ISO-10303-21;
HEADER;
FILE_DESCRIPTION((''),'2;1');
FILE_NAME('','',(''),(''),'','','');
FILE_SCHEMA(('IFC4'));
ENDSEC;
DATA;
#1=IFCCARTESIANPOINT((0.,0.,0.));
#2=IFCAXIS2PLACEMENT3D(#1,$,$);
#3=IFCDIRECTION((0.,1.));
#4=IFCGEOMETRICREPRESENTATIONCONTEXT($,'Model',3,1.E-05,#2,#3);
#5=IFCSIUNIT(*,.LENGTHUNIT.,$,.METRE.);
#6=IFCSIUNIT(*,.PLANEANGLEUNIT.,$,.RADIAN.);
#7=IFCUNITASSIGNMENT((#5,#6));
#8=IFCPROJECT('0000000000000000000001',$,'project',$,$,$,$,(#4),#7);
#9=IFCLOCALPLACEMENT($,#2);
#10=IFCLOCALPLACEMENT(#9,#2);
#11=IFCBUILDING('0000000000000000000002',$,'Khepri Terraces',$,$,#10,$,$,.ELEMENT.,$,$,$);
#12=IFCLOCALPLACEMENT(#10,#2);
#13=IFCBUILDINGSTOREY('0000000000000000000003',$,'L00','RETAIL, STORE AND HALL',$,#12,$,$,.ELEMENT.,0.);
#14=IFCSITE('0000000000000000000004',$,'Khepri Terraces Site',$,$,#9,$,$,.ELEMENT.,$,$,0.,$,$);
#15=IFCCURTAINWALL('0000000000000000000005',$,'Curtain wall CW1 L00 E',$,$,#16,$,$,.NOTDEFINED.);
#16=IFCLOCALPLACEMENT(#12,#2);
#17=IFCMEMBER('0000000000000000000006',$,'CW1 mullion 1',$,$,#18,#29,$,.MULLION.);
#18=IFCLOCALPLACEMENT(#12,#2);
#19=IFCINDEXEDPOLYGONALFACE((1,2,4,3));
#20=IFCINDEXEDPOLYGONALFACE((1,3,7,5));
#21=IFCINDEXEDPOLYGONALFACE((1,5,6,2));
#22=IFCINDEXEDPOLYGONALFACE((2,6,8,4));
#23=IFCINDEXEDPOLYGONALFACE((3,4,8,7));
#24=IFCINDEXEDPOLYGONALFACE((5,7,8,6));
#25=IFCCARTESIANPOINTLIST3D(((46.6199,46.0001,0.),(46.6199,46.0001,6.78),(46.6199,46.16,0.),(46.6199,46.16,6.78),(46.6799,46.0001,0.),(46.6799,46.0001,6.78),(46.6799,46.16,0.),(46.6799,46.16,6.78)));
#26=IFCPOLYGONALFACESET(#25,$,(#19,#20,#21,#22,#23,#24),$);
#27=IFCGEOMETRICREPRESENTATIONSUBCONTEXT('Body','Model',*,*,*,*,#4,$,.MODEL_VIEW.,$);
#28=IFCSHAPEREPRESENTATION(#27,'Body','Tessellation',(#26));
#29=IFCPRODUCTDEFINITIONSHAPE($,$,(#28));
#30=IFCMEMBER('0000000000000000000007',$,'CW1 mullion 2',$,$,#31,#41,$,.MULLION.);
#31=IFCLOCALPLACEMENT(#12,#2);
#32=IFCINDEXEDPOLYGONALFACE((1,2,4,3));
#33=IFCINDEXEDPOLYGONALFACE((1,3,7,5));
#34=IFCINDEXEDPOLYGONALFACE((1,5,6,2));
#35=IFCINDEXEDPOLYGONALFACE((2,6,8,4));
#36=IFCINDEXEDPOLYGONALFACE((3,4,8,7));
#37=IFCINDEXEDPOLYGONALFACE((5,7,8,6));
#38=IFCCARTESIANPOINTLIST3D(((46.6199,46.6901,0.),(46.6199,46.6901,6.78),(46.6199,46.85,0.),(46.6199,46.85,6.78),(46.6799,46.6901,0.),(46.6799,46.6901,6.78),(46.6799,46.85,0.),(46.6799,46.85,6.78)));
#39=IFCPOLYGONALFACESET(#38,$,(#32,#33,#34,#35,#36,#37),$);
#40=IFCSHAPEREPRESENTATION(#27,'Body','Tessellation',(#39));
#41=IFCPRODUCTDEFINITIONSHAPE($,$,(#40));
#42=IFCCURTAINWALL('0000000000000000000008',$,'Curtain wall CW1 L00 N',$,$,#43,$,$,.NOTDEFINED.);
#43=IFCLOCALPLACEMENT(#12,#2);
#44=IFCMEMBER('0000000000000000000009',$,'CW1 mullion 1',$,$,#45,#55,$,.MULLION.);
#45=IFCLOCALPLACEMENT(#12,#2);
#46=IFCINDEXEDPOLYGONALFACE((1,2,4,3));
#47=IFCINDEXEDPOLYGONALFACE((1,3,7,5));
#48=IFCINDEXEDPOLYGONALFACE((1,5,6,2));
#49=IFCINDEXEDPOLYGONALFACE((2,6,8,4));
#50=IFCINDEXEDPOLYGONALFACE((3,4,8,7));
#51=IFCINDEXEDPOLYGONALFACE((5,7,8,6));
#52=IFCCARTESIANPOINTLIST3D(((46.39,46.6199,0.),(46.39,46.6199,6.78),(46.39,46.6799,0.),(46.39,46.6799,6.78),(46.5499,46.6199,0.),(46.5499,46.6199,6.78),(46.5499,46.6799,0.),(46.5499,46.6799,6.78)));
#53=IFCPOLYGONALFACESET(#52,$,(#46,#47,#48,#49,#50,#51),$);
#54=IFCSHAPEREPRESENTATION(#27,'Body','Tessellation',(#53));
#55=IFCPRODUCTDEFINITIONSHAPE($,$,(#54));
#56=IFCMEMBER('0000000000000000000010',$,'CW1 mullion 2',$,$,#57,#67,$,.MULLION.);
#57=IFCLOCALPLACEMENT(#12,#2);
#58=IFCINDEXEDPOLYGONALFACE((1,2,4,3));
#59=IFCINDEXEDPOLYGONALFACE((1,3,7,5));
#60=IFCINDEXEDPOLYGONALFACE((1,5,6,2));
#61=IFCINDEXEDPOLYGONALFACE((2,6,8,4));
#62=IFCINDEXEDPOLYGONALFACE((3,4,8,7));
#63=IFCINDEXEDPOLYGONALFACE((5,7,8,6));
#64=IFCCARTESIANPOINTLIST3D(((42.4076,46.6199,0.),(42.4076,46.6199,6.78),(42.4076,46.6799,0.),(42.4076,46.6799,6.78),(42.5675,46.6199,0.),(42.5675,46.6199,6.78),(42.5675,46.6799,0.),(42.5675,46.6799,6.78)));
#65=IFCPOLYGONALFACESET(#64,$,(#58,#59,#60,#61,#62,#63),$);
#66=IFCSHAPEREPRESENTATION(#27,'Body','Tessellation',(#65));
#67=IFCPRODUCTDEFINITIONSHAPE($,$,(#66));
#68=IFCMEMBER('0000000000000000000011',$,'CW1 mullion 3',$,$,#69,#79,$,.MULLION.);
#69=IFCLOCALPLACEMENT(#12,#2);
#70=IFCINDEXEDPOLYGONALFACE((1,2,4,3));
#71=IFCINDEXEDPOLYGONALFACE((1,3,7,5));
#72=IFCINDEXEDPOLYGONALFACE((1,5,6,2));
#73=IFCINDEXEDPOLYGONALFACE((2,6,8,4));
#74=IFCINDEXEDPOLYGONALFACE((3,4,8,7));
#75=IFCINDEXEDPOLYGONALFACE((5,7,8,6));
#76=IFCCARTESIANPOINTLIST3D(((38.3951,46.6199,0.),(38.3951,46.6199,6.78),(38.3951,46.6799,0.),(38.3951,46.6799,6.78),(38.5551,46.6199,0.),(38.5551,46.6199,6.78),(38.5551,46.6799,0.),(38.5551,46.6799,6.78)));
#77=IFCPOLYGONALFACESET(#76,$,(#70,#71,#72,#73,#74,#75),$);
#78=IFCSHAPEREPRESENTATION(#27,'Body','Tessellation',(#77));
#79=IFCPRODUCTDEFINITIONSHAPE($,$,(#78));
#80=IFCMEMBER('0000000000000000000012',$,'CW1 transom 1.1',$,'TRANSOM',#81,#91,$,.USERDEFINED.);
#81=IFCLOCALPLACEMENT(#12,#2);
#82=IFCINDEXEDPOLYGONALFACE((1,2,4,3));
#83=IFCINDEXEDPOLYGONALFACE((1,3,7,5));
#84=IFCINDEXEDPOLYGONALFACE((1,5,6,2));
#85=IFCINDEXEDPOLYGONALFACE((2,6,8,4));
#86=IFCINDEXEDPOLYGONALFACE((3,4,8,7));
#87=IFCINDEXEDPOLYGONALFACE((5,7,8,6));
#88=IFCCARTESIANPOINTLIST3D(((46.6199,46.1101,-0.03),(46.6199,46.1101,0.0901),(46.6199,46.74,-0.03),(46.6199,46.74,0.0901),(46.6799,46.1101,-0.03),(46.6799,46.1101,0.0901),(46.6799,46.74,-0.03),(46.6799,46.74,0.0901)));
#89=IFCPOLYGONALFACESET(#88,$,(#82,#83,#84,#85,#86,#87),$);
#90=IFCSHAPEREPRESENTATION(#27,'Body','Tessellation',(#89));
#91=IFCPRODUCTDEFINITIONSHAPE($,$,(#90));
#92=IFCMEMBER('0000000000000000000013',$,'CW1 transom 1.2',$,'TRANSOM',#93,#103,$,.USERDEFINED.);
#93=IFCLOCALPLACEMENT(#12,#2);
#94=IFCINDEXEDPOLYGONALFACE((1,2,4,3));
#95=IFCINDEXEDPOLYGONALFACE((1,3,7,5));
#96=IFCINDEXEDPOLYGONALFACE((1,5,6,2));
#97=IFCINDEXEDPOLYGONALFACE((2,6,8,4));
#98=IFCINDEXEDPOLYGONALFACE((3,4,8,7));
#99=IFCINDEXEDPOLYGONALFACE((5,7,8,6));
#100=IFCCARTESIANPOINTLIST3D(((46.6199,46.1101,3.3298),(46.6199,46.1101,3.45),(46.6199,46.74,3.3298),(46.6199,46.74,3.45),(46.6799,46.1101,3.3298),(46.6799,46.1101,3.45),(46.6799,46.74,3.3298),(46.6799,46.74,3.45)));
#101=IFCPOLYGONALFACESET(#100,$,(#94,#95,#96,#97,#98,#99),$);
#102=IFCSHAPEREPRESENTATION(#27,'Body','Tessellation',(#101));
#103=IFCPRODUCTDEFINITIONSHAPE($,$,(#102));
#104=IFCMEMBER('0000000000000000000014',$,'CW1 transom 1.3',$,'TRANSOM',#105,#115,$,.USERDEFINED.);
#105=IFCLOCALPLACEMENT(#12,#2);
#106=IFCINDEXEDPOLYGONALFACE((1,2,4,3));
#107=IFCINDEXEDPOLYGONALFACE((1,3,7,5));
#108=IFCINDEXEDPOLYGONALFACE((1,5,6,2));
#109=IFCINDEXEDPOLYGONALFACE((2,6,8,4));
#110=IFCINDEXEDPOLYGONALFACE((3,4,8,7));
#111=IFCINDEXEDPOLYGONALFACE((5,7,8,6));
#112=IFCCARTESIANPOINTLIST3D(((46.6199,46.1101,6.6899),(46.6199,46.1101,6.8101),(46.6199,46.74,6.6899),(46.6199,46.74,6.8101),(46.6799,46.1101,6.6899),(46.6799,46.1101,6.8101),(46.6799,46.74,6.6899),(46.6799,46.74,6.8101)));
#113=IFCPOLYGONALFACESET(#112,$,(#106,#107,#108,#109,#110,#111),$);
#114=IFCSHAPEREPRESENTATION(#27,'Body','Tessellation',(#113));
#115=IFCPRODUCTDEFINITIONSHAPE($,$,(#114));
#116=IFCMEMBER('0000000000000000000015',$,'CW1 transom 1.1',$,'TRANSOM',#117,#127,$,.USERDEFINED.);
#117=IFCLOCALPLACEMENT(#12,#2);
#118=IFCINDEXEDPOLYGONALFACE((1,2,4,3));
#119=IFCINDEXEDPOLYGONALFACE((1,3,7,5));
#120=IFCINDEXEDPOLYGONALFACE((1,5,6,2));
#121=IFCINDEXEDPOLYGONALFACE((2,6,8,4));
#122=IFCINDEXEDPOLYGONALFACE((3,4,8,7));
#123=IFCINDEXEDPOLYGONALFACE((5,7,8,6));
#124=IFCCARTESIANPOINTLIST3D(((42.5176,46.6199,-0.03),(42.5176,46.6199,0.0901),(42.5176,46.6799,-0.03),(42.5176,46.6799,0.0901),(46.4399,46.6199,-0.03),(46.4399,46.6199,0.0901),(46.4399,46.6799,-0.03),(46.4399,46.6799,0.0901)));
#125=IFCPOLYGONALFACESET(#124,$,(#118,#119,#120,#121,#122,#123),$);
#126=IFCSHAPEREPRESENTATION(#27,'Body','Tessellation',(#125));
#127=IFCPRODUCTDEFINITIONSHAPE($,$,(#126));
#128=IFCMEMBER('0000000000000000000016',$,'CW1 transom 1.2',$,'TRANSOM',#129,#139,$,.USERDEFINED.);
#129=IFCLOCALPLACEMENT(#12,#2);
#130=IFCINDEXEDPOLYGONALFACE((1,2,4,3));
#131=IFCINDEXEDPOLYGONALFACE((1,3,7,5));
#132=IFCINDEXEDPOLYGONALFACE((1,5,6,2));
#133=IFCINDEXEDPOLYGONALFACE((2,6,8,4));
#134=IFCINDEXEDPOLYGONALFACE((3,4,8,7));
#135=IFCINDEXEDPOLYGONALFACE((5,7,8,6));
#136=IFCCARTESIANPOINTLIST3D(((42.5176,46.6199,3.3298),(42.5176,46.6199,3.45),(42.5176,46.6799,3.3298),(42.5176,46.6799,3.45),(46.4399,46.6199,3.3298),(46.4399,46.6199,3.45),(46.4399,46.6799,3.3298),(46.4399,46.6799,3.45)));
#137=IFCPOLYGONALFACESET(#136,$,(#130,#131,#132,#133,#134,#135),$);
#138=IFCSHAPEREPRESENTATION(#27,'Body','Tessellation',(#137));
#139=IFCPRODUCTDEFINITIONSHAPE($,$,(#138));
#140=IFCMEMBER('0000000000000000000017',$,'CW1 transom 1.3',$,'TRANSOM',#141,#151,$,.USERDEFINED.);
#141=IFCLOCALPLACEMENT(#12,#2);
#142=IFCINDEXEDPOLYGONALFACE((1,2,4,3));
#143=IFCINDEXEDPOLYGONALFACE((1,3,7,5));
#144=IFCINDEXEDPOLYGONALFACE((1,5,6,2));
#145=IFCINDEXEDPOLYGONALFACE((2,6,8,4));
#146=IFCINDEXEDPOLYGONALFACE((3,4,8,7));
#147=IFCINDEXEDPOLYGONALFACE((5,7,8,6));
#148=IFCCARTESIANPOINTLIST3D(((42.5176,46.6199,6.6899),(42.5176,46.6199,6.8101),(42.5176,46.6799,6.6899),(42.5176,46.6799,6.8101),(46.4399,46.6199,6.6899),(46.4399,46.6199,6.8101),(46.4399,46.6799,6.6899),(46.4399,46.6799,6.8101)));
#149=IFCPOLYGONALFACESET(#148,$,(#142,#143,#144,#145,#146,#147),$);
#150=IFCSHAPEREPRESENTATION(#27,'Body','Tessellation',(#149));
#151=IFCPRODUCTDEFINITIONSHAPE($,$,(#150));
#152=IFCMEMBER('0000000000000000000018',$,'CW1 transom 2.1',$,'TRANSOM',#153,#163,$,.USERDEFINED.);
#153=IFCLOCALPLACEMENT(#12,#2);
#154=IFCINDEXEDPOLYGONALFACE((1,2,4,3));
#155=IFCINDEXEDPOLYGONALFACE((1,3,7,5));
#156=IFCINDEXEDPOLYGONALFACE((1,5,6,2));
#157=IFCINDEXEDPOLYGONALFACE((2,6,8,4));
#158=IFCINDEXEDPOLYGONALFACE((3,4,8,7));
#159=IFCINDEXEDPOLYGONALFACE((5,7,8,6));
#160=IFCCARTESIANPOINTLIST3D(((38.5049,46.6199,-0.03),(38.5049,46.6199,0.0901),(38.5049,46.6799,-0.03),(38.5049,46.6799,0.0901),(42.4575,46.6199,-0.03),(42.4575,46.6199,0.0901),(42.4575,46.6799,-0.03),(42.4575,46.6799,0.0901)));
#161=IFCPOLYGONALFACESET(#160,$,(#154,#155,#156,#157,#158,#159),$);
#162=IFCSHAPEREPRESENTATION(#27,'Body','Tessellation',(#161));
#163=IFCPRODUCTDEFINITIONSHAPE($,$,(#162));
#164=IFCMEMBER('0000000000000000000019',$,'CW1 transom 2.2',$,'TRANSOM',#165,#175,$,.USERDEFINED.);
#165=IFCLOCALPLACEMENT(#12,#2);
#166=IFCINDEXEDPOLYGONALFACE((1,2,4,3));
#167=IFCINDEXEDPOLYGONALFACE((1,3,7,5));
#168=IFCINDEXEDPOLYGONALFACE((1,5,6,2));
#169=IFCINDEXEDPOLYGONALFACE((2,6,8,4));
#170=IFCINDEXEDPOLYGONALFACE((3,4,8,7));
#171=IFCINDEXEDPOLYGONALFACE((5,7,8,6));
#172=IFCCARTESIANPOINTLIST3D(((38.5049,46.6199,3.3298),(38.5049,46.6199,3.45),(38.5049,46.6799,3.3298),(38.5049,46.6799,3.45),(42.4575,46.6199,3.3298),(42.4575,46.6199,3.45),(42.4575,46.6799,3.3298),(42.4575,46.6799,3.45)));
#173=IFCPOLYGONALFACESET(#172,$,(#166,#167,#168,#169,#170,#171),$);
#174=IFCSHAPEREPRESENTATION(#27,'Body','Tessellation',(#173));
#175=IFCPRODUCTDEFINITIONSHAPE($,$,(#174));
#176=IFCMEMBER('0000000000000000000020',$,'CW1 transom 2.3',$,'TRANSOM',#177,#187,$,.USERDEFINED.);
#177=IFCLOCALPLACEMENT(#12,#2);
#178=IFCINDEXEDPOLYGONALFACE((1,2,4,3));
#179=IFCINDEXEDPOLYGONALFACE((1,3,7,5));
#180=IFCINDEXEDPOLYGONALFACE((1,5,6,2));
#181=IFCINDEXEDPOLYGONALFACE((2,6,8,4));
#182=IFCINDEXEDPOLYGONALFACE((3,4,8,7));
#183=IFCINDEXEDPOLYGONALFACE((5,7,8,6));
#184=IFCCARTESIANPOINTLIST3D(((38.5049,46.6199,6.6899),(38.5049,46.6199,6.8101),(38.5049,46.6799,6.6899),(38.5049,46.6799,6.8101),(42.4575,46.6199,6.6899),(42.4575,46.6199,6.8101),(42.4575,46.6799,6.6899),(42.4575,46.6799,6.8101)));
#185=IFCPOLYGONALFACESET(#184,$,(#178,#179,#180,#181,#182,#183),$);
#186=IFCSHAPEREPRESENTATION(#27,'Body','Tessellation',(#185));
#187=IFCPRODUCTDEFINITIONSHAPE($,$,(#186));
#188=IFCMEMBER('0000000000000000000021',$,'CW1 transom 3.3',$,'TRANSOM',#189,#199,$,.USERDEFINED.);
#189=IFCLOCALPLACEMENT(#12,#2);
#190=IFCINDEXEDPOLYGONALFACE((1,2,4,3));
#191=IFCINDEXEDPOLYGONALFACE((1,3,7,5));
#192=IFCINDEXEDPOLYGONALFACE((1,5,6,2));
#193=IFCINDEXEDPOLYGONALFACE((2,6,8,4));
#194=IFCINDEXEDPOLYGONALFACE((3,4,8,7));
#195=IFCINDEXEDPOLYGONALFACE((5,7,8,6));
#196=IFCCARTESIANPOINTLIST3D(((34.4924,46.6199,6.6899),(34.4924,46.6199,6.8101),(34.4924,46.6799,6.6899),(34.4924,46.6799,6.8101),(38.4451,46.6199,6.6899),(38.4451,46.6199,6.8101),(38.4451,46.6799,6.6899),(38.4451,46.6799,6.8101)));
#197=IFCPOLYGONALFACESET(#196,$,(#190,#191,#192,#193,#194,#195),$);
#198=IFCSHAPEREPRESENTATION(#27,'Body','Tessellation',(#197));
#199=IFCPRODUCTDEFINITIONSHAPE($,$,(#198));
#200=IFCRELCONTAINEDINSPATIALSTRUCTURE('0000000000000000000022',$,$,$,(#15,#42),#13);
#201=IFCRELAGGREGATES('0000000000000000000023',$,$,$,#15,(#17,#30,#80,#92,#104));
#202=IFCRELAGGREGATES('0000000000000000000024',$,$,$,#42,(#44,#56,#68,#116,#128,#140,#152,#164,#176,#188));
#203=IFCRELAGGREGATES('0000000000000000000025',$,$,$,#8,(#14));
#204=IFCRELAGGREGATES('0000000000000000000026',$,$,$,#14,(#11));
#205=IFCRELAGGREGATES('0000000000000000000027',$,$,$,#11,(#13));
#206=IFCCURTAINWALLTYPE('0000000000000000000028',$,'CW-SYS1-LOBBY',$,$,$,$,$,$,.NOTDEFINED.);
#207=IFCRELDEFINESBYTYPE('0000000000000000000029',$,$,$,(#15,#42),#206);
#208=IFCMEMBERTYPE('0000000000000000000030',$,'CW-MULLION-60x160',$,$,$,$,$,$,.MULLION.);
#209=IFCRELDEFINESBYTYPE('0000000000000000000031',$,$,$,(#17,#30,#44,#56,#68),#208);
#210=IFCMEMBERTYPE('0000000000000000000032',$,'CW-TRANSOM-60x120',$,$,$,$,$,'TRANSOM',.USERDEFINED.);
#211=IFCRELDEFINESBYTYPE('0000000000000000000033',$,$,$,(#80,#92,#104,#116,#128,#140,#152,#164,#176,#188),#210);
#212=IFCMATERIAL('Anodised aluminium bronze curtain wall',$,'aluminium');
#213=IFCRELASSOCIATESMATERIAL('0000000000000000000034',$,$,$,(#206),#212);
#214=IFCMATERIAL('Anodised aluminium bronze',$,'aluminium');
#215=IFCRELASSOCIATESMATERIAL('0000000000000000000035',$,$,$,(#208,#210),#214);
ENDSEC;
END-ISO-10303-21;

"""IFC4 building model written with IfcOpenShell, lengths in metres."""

from ifc_helpers import new_model, si_unit, direction, frame, origin, origin_2d, place, context, subcontext, project, spatial, rectangle, extrude, material, material_profile, profile_set, type_object, element, aggregate, save


model = new_model("IFC4")

# Units and contexts
model_context = context("Model", 3, precision=1e-05, world=origin(), true_north=direction((0.0, 1.0)))
body_context = subcontext(model_context, "Body", "Model", "MODEL_VIEW")
ifc_project = project(units=[si_unit("LENGTHUNIT", "METRE"), si_unit("PLANEANGLEUNIT", "RADIAN")], contexts=[model_context])

# Site, building, storey
site_placement = place(None, origin())
site = spatial("IfcSite", under=ifc_project, at=site_placement, Name="Khepri Terraces Site", CompositionType="ELEMENT", RefElevation=0.0)
building_placement = place(site_placement, origin())
building = spatial("IfcBuilding", under=site, at=building_placement, Name="Khepri Terraces", CompositionType="ELEMENT")
storey_placement = place(building_placement, origin())
storey = spatial("IfcBuildingStorey", under=building, at=storey_placement, Name="L00", Description="RETAIL, STORE AND HALL", CompositionType="ELEMENT", Elevation=0.0)

# Curtain walls, members
ifc_material_1 = material(Name="Anodised aluminium bronze curtain wall", Category="aluminium")
curtain_wall_type = type_object("IfcCurtainWallType", Name="CW-SYS1-LOBBY", PredefinedType="NOTDEFINED", material=ifc_material_1)
curtain_wall_1_placement = place(storey_placement, origin())
curtain_wall_1 = element("IfcCurtainWall", 1, at=curtain_wall_1_placement, inside=storey, type_object=curtain_wall_type, Name="Curtain wall CW1 L00 E", PredefinedType="NOTDEFINED")
ifc_material_2 = material(Name="Anodised aluminium bronze", Category="aluminium")
ifc_material_profile_1 = material_profile(ifc_material_2, rectangle(XDim=0.0601, YDim=0.1599, at=origin_2d()), Name="Anodised aluminium bronze", Category="aluminium")
ifc_profile_set_1 = profile_set([ifc_material_profile_1], Name="Anodised aluminium bronze")
member_type_1 = type_object("IfcMemberType", Name="CW-MULLION-60x160", PredefinedType="MULLION", material=ifc_profile_set_1)
member_1_placement = place(storey_placement, frame((46.6499, 46.0801, 0.0), z_axis=(0.0, 0.0, 1.0), x_axis=(-1.0, 0.0, 0.0)))
member_1 = element("IfcMember", 2, at=member_1_placement, type_object=member_type_1, Name="CW1 mullion 1", PredefinedType="MULLION", context=body_context, shape_type="SweptSolid", body=[
    extrude(rectangle(XDim=0.0601, YDim=0.1599, at=origin_2d()), origin(), (0.0, 0.0, 1.0), 6.78),
])
member_2_placement = place(storey_placement, frame((46.6499, 46.77, 0.0), z_axis=(0.0, 0.0, 1.0), x_axis=(-1.0, 0.0, 0.0)))
member_2 = element("IfcMember", 3, at=member_2_placement, type_object=member_type_1, Name="CW1 mullion 2", PredefinedType="MULLION", context=body_context, shape_type="SweptSolid", body=[
    extrude(rectangle(XDim=0.0601, YDim=0.1599, at=origin_2d()), origin(), (0.0, 0.0, 1.0), 6.78),
])
curtain_wall_2_placement = place(storey_placement, origin())
curtain_wall_2 = element("IfcCurtainWall", 4, at=curtain_wall_2_placement, inside=storey, type_object=curtain_wall_type, Name="Curtain wall CW1 L00 N", PredefinedType="NOTDEFINED")
member_3_placement = place(storey_placement, frame((46.47, 46.6499, 0.0), z_axis=(0.0, 0.0, 1.0), x_axis=(0.0, -1.0, 0.0)))
member_3 = element("IfcMember", 5, at=member_3_placement, type_object=member_type_1, Name="CW1 mullion 1", PredefinedType="MULLION", context=body_context, shape_type="SweptSolid", body=[
    extrude(rectangle(XDim=0.0601, YDim=0.1599, at=origin_2d()), origin(), (0.0, 0.0, 1.0), 6.78),
])
member_4_placement = place(storey_placement, frame((42.4875, 46.6499, 0.0), z_axis=(0.0, 0.0, 1.0), x_axis=(0.0, -1.0, 0.0)))
member_4 = element("IfcMember", 6, at=member_4_placement, type_object=member_type_1, Name="CW1 mullion 2", PredefinedType="MULLION", context=body_context, shape_type="SweptSolid", body=[
    extrude(rectangle(XDim=0.0601, YDim=0.1599, at=origin_2d()), origin(), (0.0, 0.0, 1.0), 6.78),
])
member_5_placement = place(storey_placement, frame((38.4751, 46.6499, 0.0), z_axis=(0.0, 0.0, 1.0), x_axis=(0.0, -1.0, 0.0)))
member_5 = element("IfcMember", 7, at=member_5_placement, type_object=member_type_1, Name="CW1 mullion 3", PredefinedType="MULLION", context=body_context, shape_type="SweptSolid", body=[
    extrude(rectangle(XDim=0.0601, YDim=0.1599, at=origin_2d()), origin(), (0.0, 0.0, 1.0), 6.78),
])

# Members
ifc_material_profile_2 = material_profile(ifc_material_2, rectangle(XDim=0.0601, YDim=0.1201, at=origin_2d()), Name="Anodised aluminium bronze", Category="aluminium")
ifc_profile_set_2 = profile_set([ifc_material_profile_2], Name="Anodised aluminium bronze")
member_type_2 = type_object("IfcMemberType", Name="CW-TRANSOM-60x120", ElementType="TRANSOM", PredefinedType="USERDEFINED", material=ifc_profile_set_2)
member_6_placement = place(storey_placement, frame((46.6499, 46.1101, 0.03), z_axis=(0.0, 1.0, 0.0), x_axis=(-1.0, 0.0, 0.0)))
member_6 = element("IfcMember", 8, at=member_6_placement, type_object=member_type_2, Name="CW1 transom 1.1", ObjectType="TRANSOM", PredefinedType="USERDEFINED", context=body_context, shape_type="SweptSolid", body=[
    extrude(rectangle(XDim=0.0601, YDim=0.1201, at=origin_2d()), origin(), (0.0, 0.0, 1.0), 0.6299),
])
member_7_placement = place(storey_placement, frame((46.6499, 46.1101, 3.3899), z_axis=(0.0, 1.0, 0.0), x_axis=(-1.0, 0.0, 0.0)))
member_7 = element("IfcMember", 9, at=member_7_placement, type_object=member_type_2, Name="CW1 transom 1.2", ObjectType="TRANSOM", PredefinedType="USERDEFINED", context=body_context, shape_type="SweptSolid", body=[
    extrude(rectangle(XDim=0.0601, YDim=0.1201, at=origin_2d()), origin(), (0.0, 0.0, 1.0), 0.6299),
])
member_8_placement = place(storey_placement, frame((46.6499, 46.1101, 6.75), z_axis=(0.0, 1.0, 0.0), x_axis=(-1.0, 0.0, 0.0)))
member_8 = element("IfcMember", 10, at=member_8_placement, type_object=member_type_2, Name="CW1 transom 1.3", ObjectType="TRANSOM", PredefinedType="USERDEFINED", context=body_context, shape_type="SweptSolid", body=[
    extrude(rectangle(XDim=0.0601, YDim=0.1201, at=origin_2d()), origin(), (0.0, 0.0, 1.0), 0.6299),
])
member_9_placement = place(storey_placement, frame((46.4399, 46.6499, 0.03), z_axis=(-1.0, 0.0, 0.0), x_axis=(0.0, -1.0, 0.0)))
member_9 = element("IfcMember", 11, at=member_9_placement, type_object=member_type_2, Name="CW1 transom 1.1", ObjectType="TRANSOM", PredefinedType="USERDEFINED", context=body_context, shape_type="SweptSolid", body=[
    extrude(rectangle(XDim=0.0601, YDim=0.1201, at=origin_2d()), origin(), (0.0, 0.0, 1.0), 3.9224),
])
member_10_placement = place(storey_placement, frame((46.4399, 46.6499, 3.3899), z_axis=(-1.0, 0.0, 0.0), x_axis=(0.0, -1.0, 0.0)))
member_10 = element("IfcMember", 12, at=member_10_placement, type_object=member_type_2, Name="CW1 transom 1.2", ObjectType="TRANSOM", PredefinedType="USERDEFINED", context=body_context, shape_type="SweptSolid", body=[
    extrude(rectangle(XDim=0.0601, YDim=0.1201, at=origin_2d()), origin(), (0.0, 0.0, 1.0), 3.9224),
])
member_11_placement = place(storey_placement, frame((46.4399, 46.6499, 6.75), z_axis=(-1.0, 0.0, 0.0), x_axis=(0.0, -1.0, 0.0)))
member_11 = element("IfcMember", 13, at=member_11_placement, type_object=member_type_2, Name="CW1 transom 1.3", ObjectType="TRANSOM", PredefinedType="USERDEFINED", context=body_context, shape_type="SweptSolid", body=[
    extrude(rectangle(XDim=0.0601, YDim=0.1201, at=origin_2d()), origin(), (0.0, 0.0, 1.0), 3.9224),
])
member_12_placement = place(storey_placement, frame((42.4575, 46.6499, 0.03), z_axis=(-1.0, 0.0, 0.0), x_axis=(0.0, -1.0, 0.0)))
member_12 = element("IfcMember", 14, at=member_12_placement, type_object=member_type_2, Name="CW1 transom 2.1", ObjectType="TRANSOM", PredefinedType="USERDEFINED", context=body_context, shape_type="SweptSolid", body=[
    extrude(rectangle(XDim=0.0601, YDim=0.1201, at=origin_2d()), origin(), (0.0, 0.0, 1.0), 3.9526),
])
member_13_placement = place(storey_placement, frame((42.4575, 46.6499, 3.3899), z_axis=(-1.0, 0.0, 0.0), x_axis=(0.0, -1.0, 0.0)))
member_13 = element("IfcMember", 15, at=member_13_placement, type_object=member_type_2, Name="CW1 transom 2.2", ObjectType="TRANSOM", PredefinedType="USERDEFINED", context=body_context, shape_type="SweptSolid", body=[
    extrude(rectangle(XDim=0.0601, YDim=0.1201, at=origin_2d()), origin(), (0.0, 0.0, 1.0), 3.9526),
])
member_14_placement = place(storey_placement, frame((42.4575, 46.6499, 6.75), z_axis=(-1.0, 0.0, 0.0), x_axis=(0.0, -1.0, 0.0)))
member_14 = element("IfcMember", 16, at=member_14_placement, type_object=member_type_2, Name="CW1 transom 2.3", ObjectType="TRANSOM", PredefinedType="USERDEFINED", context=body_context, shape_type="SweptSolid", body=[
    extrude(rectangle(XDim=0.0601, YDim=0.1201, at=origin_2d()), origin(), (0.0, 0.0, 1.0), 3.9526),
])
member_15_placement = place(storey_placement, frame((38.4451, 46.6499, 6.75), z_axis=(-1.0, 0.0, 0.0), x_axis=(0.0, -1.0, 0.0)))
member_15 = element("IfcMember", 17, at=member_15_placement, type_object=member_type_2, Name="CW1 transom 3.3", ObjectType="TRANSOM", PredefinedType="USERDEFINED", context=body_context, shape_type="SweptSolid", body=[
    extrude(rectangle(XDim=0.0601, YDim=0.1201, at=origin_2d()), origin(), (0.0, 0.0, 1.0), 3.9526),
])

aggregate(curtain_wall_1, [member_1, member_2, member_6, member_7, member_8])
aggregate(curtain_wall_2, [member_3, member_4, member_5, member_9, member_10, member_11, member_12, member_13, member_14, member_15])

save(model, "model.ifc")
